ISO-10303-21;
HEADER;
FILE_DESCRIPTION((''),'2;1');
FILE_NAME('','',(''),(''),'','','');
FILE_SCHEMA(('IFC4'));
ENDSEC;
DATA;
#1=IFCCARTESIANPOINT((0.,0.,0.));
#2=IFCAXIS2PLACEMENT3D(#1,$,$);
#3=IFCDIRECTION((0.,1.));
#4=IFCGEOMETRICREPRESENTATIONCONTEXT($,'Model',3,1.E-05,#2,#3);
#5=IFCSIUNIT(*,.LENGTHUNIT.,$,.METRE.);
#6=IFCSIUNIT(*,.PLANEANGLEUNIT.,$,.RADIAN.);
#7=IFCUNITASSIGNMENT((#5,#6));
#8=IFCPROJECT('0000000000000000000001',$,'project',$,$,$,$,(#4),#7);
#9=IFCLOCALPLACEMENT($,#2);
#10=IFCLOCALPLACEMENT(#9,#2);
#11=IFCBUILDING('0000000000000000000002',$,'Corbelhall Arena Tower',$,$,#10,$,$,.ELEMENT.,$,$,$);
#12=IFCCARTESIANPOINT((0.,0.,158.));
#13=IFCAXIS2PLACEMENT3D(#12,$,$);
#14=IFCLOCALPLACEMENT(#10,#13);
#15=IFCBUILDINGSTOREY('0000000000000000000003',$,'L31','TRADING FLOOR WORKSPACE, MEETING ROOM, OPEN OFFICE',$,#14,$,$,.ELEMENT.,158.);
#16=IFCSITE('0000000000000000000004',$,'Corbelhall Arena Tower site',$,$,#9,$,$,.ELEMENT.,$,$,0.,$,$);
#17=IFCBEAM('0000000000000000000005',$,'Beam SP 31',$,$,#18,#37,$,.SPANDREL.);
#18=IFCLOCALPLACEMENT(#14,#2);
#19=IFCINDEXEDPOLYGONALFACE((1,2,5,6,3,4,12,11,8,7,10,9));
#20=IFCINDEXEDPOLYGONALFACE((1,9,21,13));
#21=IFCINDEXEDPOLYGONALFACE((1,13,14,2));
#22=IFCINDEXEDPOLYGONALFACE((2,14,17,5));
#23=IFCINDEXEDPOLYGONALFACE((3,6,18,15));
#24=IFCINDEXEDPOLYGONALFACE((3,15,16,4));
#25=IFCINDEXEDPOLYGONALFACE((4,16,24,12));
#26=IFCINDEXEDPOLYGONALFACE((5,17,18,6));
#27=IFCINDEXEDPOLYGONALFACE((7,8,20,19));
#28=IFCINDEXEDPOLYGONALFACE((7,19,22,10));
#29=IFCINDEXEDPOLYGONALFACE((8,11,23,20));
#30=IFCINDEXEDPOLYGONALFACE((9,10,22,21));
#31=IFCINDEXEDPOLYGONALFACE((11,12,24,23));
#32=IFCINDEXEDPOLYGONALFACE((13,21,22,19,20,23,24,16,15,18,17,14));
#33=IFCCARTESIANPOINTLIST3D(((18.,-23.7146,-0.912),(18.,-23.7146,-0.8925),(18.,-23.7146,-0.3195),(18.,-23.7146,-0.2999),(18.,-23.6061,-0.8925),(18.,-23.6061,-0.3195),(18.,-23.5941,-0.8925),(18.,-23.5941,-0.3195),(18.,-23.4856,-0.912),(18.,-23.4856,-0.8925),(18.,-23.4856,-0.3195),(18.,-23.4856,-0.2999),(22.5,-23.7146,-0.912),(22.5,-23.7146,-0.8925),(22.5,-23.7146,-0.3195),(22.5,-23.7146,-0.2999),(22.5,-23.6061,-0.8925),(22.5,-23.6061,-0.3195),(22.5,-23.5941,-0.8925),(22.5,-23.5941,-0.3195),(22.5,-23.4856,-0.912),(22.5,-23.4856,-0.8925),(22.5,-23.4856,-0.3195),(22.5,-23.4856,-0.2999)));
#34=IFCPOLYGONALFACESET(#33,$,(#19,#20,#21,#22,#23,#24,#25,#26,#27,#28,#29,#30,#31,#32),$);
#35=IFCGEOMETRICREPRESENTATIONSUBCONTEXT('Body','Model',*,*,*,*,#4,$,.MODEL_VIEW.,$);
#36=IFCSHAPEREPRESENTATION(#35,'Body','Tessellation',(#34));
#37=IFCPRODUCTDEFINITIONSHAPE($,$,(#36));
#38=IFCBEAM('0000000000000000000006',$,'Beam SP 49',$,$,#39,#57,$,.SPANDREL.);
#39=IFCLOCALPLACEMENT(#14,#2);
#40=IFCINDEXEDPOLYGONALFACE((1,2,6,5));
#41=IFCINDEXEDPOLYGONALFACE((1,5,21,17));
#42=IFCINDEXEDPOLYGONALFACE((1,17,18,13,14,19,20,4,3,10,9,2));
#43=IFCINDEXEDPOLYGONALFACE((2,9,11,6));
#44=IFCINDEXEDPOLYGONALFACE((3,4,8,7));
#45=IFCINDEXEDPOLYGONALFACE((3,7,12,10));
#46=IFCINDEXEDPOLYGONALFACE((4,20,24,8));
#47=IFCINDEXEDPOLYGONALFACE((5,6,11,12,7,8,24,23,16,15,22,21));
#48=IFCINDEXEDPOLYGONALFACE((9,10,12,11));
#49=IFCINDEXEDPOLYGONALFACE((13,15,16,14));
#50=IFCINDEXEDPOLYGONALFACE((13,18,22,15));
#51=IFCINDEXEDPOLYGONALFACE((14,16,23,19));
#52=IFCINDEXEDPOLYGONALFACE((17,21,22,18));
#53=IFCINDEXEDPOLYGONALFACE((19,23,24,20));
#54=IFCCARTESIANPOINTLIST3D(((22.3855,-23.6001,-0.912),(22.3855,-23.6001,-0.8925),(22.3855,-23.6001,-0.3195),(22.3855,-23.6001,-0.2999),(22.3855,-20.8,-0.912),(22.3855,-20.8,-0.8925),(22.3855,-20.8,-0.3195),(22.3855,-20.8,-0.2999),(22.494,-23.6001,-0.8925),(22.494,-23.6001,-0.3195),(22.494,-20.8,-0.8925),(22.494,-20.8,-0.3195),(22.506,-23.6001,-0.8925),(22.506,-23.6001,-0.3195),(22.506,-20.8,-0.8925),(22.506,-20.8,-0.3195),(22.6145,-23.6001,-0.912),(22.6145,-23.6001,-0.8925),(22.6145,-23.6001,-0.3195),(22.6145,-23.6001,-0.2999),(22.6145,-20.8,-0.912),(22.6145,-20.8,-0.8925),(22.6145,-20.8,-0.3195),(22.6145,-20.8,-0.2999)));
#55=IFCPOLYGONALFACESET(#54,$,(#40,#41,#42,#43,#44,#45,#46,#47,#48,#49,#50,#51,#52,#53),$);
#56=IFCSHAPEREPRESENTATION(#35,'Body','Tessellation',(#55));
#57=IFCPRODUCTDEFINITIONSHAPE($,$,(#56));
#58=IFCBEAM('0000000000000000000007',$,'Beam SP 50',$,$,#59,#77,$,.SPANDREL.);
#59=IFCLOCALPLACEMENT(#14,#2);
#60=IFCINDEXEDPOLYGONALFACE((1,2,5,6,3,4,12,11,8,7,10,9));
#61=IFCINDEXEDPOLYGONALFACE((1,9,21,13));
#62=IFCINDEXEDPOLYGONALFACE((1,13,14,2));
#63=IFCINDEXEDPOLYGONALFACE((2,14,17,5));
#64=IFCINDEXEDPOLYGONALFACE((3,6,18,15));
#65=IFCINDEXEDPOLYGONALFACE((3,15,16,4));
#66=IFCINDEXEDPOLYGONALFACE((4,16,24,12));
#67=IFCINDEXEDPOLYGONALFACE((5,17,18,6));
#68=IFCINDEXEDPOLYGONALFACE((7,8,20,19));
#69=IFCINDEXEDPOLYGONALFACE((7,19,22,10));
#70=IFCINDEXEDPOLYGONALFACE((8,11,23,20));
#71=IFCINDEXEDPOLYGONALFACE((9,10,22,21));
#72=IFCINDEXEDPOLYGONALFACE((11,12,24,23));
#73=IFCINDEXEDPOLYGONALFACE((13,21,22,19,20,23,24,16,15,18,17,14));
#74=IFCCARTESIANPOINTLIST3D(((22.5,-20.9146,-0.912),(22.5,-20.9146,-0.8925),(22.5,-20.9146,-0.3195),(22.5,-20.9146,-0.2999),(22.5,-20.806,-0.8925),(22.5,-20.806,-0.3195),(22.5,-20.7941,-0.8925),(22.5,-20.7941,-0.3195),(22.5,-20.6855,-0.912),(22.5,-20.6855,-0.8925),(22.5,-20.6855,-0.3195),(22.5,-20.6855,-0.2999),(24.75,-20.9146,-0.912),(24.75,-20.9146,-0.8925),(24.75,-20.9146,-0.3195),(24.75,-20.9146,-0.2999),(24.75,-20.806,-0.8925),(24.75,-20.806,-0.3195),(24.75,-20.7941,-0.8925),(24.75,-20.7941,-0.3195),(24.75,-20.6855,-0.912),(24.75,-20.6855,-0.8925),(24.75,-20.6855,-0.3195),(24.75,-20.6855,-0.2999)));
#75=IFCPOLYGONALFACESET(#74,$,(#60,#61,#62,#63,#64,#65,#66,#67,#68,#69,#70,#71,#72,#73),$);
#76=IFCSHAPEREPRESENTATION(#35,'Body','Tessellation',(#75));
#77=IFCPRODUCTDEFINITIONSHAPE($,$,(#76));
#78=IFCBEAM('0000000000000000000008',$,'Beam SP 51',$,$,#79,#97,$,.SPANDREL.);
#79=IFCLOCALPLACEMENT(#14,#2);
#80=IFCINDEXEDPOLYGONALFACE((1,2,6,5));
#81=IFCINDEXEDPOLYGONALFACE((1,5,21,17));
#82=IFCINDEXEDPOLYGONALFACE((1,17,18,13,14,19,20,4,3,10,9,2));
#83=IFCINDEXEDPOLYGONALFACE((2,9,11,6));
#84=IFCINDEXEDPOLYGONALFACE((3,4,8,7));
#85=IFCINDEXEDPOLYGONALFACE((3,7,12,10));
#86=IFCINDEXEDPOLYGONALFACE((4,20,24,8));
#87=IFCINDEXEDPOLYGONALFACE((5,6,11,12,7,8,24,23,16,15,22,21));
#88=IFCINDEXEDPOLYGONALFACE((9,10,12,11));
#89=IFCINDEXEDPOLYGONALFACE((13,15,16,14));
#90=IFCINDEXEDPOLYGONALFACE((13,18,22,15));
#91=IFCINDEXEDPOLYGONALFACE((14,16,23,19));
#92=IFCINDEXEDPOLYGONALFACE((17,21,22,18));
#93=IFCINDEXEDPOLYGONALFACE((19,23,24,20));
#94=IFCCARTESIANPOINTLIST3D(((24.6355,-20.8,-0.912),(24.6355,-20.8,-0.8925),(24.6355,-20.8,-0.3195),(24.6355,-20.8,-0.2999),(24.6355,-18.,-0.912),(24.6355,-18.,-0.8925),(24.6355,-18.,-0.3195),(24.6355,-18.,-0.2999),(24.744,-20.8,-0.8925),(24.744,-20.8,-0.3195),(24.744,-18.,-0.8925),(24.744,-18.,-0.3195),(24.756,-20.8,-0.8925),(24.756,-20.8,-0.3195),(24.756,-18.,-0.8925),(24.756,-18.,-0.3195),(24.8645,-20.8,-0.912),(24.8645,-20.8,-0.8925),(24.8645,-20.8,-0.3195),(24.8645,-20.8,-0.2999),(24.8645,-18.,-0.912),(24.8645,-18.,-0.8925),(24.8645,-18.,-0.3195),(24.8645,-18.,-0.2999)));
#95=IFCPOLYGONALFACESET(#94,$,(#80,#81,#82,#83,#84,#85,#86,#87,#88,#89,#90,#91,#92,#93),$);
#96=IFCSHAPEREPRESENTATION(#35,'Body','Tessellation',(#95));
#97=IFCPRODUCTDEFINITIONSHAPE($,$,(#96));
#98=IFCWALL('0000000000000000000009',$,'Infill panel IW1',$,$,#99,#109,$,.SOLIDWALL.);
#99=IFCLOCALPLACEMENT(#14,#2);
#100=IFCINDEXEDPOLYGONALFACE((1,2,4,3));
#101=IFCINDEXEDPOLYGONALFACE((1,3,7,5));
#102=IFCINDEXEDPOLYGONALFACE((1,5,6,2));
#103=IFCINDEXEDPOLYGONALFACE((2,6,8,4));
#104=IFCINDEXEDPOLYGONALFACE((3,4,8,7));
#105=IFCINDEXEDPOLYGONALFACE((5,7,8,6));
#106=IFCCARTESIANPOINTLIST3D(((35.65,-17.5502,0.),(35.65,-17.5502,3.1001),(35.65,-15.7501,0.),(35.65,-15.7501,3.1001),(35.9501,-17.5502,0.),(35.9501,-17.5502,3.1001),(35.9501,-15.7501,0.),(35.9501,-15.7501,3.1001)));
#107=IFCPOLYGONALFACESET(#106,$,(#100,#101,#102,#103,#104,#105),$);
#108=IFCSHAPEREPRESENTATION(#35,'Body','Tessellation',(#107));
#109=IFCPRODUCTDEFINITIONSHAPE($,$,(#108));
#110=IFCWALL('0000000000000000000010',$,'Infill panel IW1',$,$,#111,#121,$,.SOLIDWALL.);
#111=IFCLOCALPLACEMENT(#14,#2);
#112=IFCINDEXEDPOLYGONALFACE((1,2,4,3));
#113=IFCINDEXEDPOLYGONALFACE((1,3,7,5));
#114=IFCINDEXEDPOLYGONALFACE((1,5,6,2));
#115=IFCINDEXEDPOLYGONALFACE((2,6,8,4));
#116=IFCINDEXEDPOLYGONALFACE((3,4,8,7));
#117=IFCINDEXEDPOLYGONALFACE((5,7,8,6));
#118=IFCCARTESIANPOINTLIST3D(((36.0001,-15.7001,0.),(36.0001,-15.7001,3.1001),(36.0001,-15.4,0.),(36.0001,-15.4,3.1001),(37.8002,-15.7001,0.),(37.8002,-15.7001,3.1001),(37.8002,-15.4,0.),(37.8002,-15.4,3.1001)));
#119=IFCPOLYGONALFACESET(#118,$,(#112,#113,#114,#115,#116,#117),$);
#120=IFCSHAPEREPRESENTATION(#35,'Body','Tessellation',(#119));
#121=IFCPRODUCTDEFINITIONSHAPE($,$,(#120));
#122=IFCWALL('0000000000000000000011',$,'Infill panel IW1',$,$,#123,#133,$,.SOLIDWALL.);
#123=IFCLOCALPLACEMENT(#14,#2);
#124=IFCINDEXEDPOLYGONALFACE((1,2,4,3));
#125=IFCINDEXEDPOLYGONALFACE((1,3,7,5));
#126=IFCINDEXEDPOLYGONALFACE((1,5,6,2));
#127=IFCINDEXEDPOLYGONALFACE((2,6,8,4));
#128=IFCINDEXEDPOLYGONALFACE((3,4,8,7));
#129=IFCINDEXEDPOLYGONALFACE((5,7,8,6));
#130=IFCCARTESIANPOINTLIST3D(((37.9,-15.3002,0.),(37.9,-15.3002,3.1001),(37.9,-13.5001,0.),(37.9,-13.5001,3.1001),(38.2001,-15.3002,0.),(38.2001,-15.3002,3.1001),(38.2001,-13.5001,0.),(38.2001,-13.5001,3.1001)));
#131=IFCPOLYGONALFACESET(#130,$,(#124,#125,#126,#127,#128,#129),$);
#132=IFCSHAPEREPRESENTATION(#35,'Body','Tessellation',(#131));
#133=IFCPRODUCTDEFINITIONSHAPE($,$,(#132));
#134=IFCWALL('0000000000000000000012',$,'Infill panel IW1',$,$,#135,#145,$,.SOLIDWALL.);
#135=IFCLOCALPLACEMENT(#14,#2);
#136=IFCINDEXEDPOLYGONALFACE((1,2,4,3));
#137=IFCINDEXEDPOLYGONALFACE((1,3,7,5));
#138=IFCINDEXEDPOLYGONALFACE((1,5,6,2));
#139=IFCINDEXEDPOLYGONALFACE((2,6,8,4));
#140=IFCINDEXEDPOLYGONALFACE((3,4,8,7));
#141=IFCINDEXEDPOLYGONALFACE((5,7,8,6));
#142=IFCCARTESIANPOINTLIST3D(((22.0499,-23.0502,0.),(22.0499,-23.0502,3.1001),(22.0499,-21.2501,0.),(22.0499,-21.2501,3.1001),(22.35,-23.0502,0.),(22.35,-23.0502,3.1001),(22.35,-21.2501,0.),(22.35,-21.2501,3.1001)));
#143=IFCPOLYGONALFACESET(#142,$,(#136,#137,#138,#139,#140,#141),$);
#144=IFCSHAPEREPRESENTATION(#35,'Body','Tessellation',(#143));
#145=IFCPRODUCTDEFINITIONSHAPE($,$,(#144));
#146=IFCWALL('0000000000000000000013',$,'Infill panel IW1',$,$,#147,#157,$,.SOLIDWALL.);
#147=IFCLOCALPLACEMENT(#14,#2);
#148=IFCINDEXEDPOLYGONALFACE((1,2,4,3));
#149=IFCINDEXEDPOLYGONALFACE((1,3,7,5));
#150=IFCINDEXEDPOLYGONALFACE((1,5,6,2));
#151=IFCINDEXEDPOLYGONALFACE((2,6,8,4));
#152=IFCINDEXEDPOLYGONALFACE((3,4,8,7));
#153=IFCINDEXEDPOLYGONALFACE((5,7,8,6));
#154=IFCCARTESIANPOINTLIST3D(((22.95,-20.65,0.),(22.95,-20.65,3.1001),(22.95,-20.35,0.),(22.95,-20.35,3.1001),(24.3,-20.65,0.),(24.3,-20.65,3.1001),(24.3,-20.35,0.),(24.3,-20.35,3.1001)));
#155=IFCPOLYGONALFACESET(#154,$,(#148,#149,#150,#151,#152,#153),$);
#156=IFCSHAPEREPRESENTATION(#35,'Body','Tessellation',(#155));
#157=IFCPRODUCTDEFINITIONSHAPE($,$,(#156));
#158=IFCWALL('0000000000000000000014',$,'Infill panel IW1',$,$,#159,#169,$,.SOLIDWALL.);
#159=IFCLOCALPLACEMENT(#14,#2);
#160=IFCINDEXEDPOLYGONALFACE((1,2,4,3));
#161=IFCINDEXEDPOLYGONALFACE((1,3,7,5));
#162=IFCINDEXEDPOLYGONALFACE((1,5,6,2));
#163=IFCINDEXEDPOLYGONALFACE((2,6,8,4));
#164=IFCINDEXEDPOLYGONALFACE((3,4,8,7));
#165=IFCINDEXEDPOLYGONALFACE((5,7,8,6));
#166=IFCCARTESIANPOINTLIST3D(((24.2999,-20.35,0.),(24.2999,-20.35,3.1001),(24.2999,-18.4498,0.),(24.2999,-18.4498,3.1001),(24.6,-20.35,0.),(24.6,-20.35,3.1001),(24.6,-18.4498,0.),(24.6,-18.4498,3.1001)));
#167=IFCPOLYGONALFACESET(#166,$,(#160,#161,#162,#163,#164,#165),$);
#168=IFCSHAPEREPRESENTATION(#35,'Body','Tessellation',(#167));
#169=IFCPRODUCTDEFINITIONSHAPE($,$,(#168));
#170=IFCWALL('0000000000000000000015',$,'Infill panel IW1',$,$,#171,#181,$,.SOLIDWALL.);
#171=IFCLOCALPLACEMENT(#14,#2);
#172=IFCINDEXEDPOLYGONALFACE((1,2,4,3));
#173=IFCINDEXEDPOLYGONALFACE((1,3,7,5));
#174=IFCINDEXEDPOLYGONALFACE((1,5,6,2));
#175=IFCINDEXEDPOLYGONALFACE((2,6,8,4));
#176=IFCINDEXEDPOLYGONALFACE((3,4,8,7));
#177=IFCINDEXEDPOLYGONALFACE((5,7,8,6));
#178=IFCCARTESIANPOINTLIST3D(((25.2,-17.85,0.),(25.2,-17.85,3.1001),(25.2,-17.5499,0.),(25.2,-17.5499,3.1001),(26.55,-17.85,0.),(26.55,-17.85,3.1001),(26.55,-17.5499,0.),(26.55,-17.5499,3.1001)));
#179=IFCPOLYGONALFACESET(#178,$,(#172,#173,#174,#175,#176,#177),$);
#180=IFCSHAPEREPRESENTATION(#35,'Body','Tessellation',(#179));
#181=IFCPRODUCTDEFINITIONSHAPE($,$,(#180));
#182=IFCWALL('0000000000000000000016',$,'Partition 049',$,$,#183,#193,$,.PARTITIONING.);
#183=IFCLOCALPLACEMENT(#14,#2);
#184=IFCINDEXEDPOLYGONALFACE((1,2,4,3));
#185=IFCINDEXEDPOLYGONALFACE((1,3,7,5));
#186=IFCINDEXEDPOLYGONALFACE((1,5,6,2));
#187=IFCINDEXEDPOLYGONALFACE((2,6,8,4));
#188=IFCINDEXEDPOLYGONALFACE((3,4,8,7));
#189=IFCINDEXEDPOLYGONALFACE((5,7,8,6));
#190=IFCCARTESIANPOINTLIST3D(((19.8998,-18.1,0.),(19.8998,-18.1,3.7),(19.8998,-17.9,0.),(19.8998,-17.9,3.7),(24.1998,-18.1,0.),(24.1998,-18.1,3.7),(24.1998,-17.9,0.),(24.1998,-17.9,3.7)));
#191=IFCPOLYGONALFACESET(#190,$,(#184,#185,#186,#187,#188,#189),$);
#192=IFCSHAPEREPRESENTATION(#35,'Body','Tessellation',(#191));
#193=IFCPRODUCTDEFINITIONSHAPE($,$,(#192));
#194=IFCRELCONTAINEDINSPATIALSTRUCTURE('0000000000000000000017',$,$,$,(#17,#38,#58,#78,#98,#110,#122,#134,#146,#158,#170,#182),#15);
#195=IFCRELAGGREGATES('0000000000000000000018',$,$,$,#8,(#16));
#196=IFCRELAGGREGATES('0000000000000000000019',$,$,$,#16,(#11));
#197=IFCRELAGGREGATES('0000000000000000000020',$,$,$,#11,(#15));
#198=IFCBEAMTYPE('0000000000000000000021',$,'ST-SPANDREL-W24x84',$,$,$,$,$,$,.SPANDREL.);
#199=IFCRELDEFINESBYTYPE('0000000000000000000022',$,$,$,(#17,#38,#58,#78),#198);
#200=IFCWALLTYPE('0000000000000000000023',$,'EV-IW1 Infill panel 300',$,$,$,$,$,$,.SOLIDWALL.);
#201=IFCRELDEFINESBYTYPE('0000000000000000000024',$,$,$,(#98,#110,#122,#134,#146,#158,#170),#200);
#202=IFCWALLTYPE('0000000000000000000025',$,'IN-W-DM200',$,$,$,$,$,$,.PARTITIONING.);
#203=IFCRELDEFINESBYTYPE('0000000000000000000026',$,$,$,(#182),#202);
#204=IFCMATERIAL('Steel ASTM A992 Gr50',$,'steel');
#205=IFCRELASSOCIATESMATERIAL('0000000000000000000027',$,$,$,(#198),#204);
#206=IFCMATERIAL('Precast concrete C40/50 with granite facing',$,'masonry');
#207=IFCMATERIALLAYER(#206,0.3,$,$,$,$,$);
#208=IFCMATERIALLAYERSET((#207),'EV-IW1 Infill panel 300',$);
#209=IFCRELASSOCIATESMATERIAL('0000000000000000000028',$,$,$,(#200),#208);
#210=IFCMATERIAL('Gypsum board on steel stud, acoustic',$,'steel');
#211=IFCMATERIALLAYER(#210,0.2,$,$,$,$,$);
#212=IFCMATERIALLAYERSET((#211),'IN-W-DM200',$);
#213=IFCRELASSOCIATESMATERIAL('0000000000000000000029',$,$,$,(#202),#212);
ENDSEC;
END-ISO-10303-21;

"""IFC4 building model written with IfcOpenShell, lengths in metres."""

from ifc_helpers import new_model, si_unit, direction, frame, frame_2d, origin, origin_2d, place, context, subcontext, project, spatial, rectangle, i_section, extrude, material, layer, layer_set, material_profile, profile_set, type_object, element, save


model = new_model("IFC4")

# Units and contexts
model_context = context("Model", 3, precision=1e-05, world=origin(), true_north=direction((0.0, 1.0)))
body_context = subcontext(model_context, "Body", "Model", "MODEL_VIEW")
ifc_project = project(units=[si_unit("LENGTHUNIT", "METRE"), si_unit("PLANEANGLEUNIT", "RADIAN")], contexts=[model_context])

# Site, building, storey
site_placement = place(None, origin())
site = spatial("IfcSite", under=ifc_project, at=site_placement, Name="Corbelhall Arena Tower site", CompositionType="ELEMENT", RefElevation=0.0)
building_placement = place(site_placement, origin())
building = spatial("IfcBuilding", under=site, at=building_placement, Name="Corbelhall Arena Tower", CompositionType="ELEMENT")
storey_placement = place(building_placement, frame((0.0, 0.0, 158.0)))
storey = spatial("IfcBuildingStorey", under=building, at=storey_placement, Name="L31", Description="TRADING FLOOR WORKSPACE, MEETING ROOM, OPEN OFFICE", CompositionType="ELEMENT", Elevation=158.0)

# Beams
ifc_material_1 = material(Name="Steel ASTM A992 Gr50", Category="steel")
ifc_material_profile_1 = material_profile(ifc_material_1, i_section(OverallWidth=0.229, OverallDepth=0.6121, WebThickness=0.012, FlangeThickness=0.0195, at=origin_2d()))
ifc_profile_set_1 = profile_set([ifc_material_profile_1], Name="Steel ASTM A992 Gr50")
beam_type = type_object("IfcBeamType", Name="ST-SPANDREL-W24x84", PredefinedType="SPANDREL", material=ifc_profile_set_1)
beam_1_placement = place(storey_placement, frame((22.5, -23.6001, -0.606), z_axis=(-1.0, 0.0, 0.0), x_axis=(0.0, -1.0, 0.0)))
element("IfcBeam", 1, at=beam_1_placement, inside=storey, type_object=beam_type, Name="Beam SP 31", PredefinedType="SPANDREL", context=body_context, shape_type="SweptSolid", body=[
    extrude(i_section(OverallWidth=0.229, OverallDepth=0.6121, WebThickness=0.012, FlangeThickness=0.0195, at=origin_2d()), origin(), (0.0, 0.0, 1.0), 4.5),
])
beam_2_placement = place(storey_placement, frame((22.5, -20.8, -0.606), z_axis=(0.0, -1.0, 0.0), x_axis=(1.0, 0.0, 0.0)))
element("IfcBeam", 2, at=beam_2_placement, inside=storey, type_object=beam_type, Name="Beam SP 49", PredefinedType="SPANDREL", context=body_context, shape_type="SweptSolid", body=[
    extrude(i_section(OverallWidth=0.229, OverallDepth=0.6121, WebThickness=0.012, FlangeThickness=0.0195, at=origin_2d()), origin(), (0.0, 0.0, 1.0), 2.8),
])
beam_3_placement = place(storey_placement, frame((24.75, -20.8, -0.606), z_axis=(-1.0, 0.0, 0.0), x_axis=(0.0, -1.0, 0.0)))
element("IfcBeam", 3, at=beam_3_placement, inside=storey, type_object=beam_type, Name="Beam SP 50", PredefinedType="SPANDREL", context=body_context, shape_type="SweptSolid", body=[
    extrude(i_section(OverallWidth=0.229, OverallDepth=0.6121, WebThickness=0.012, FlangeThickness=0.0195, at=origin_2d()), origin(), (0.0, 0.0, 1.0), 2.25),
])
beam_4_placement = place(storey_placement, frame((24.75, -18.0, -0.606), z_axis=(0.0, -1.0, 0.0), x_axis=(1.0, 0.0, 0.0)))
element("IfcBeam", 4, at=beam_4_placement, inside=storey, type_object=beam_type, Name="Beam SP 51", PredefinedType="SPANDREL", context=body_context, shape_type="SweptSolid", body=[
    extrude(i_section(OverallWidth=0.229, OverallDepth=0.6121, WebThickness=0.012, FlangeThickness=0.0195, at=origin_2d()), origin(), (0.0, 0.0, 1.0), 2.8),
])

# Walls
ifc_material_2 = material(Name="Precast concrete C40/50 with granite facing", Category="masonry")
ifc_layer_1 = layer(ifc_material_2, 0.3)
ifc_layer_set_1 = layer_set([ifc_layer_1], Name="EV-IW1 Infill panel 300")
wall_type_1 = type_object("IfcWallType", Name="EV-IW1 Infill panel 300", PredefinedType="SOLIDWALL", material=ifc_layer_set_1)
for number, where, z_axis, x_axis, name in (
    (5, (35.8, -17.55, 0.0), (0.0, 0.0, 1.0), (0.0, 1.0, 0.0), "Infill panel IW1"),
    (6, (37.8, -15.55, 0.0), (0.0, 0.0, 1.0), (-1.0, 0.0, 0.0), "Infill panel IW1"),
    (7, (38.05, -15.3, 0.0), (0.0, 0.0, 1.0), (0.0, 1.0, 0.0), "Infill panel IW1"),
    (8, (22.2, -23.05, 0.0), (0.0, 0.0, 1.0), (0.0, 1.0, 0.0), "Infill panel IW1"),
):
    element("IfcWall", number, at=place(storey_placement, frame(where, z_axis=z_axis, x_axis=x_axis)), inside=storey, type_object=wall_type_1, Name=name, PredefinedType="SOLIDWALL", context=body_context, shape_type="SweptSolid", body=[
        extrude(rectangle(XDim=1.8, YDim=0.3, at=frame_2d((0.8999, 0.0))), origin(), (0.0, 0.0, 1.0), 3.1001),
    ])
wall_1_placement = place(storey_placement, frame((22.95, -20.5, 0.0), z_axis=(0.0, 0.0, 1.0), x_axis=(1.0, 0.0, 0.0)))
element("IfcWall", 9, at=wall_1_placement, inside=storey, type_object=wall_type_1, Name="Infill panel IW1", PredefinedType="SOLIDWALL", context=body_context, shape_type="SweptSolid", body=[
    extrude(rectangle(XDim=1.3501, YDim=0.3, at=frame_2d((0.675, 0.0))), origin(), (0.0, 0.0, 1.0), 3.1001),
])
wall_2_placement = place(storey_placement, frame((24.45, -20.3501, 0.0), z_axis=(0.0, 0.0, 1.0), x_axis=(0.0, 1.0, 0.0)))
element("IfcWall", 10, at=wall_2_placement, inside=storey, type_object=wall_type_1, Name="Infill panel IW1", PredefinedType="SOLIDWALL", context=body_context, shape_type="SweptSolid", body=[
    extrude(rectangle(XDim=1.9001, YDim=0.3, at=frame_2d((0.9502, 0.0))), origin(), (0.0, 0.0, 1.0), 3.1001),
])
wall_3_placement = place(storey_placement, frame((25.2, -17.7, 0.0), z_axis=(0.0, 0.0, 1.0), x_axis=(1.0, 0.0, 0.0)))
element("IfcWall", 11, at=wall_3_placement, inside=storey, type_object=wall_type_1, Name="Infill panel IW1", PredefinedType="SOLIDWALL", context=body_context, shape_type="SweptSolid", body=[
    extrude(rectangle(XDim=1.3501, YDim=0.3, at=frame_2d((0.675, 0.0))), origin(), (0.0, 0.0, 1.0), 3.1001),
])

# Wall
ifc_material_3 = material(Name="Gypsum board on steel stud, acoustic", Category="steel")
ifc_layer_2 = layer(ifc_material_3, 0.2)
ifc_layer_set_2 = layer_set([ifc_layer_2], Name="IN-W-DM200")
wall_type_2 = type_object("IfcWallType", Name="IN-W-DM200", PredefinedType="PARTITIONING", material=ifc_layer_set_2)
wall_4_placement = place(storey_placement, frame((19.8999, -18.0, 0.0), z_axis=(0.0, 0.0, 1.0), x_axis=(1.0, 0.0, 0.0)))
element("IfcWall", 12, at=wall_4_placement, inside=storey, type_object=wall_type_2, Name="Partition 049", PredefinedType="PARTITIONING", context=body_context, shape_type="SweptSolid", body=[
    extrude(rectangle(XDim=4.3, YDim=0.2, at=frame_2d((2.1499, 0.0))), origin(), (0.0, 0.0, 1.0), 3.7),
])

save(model, "model.ifc")
